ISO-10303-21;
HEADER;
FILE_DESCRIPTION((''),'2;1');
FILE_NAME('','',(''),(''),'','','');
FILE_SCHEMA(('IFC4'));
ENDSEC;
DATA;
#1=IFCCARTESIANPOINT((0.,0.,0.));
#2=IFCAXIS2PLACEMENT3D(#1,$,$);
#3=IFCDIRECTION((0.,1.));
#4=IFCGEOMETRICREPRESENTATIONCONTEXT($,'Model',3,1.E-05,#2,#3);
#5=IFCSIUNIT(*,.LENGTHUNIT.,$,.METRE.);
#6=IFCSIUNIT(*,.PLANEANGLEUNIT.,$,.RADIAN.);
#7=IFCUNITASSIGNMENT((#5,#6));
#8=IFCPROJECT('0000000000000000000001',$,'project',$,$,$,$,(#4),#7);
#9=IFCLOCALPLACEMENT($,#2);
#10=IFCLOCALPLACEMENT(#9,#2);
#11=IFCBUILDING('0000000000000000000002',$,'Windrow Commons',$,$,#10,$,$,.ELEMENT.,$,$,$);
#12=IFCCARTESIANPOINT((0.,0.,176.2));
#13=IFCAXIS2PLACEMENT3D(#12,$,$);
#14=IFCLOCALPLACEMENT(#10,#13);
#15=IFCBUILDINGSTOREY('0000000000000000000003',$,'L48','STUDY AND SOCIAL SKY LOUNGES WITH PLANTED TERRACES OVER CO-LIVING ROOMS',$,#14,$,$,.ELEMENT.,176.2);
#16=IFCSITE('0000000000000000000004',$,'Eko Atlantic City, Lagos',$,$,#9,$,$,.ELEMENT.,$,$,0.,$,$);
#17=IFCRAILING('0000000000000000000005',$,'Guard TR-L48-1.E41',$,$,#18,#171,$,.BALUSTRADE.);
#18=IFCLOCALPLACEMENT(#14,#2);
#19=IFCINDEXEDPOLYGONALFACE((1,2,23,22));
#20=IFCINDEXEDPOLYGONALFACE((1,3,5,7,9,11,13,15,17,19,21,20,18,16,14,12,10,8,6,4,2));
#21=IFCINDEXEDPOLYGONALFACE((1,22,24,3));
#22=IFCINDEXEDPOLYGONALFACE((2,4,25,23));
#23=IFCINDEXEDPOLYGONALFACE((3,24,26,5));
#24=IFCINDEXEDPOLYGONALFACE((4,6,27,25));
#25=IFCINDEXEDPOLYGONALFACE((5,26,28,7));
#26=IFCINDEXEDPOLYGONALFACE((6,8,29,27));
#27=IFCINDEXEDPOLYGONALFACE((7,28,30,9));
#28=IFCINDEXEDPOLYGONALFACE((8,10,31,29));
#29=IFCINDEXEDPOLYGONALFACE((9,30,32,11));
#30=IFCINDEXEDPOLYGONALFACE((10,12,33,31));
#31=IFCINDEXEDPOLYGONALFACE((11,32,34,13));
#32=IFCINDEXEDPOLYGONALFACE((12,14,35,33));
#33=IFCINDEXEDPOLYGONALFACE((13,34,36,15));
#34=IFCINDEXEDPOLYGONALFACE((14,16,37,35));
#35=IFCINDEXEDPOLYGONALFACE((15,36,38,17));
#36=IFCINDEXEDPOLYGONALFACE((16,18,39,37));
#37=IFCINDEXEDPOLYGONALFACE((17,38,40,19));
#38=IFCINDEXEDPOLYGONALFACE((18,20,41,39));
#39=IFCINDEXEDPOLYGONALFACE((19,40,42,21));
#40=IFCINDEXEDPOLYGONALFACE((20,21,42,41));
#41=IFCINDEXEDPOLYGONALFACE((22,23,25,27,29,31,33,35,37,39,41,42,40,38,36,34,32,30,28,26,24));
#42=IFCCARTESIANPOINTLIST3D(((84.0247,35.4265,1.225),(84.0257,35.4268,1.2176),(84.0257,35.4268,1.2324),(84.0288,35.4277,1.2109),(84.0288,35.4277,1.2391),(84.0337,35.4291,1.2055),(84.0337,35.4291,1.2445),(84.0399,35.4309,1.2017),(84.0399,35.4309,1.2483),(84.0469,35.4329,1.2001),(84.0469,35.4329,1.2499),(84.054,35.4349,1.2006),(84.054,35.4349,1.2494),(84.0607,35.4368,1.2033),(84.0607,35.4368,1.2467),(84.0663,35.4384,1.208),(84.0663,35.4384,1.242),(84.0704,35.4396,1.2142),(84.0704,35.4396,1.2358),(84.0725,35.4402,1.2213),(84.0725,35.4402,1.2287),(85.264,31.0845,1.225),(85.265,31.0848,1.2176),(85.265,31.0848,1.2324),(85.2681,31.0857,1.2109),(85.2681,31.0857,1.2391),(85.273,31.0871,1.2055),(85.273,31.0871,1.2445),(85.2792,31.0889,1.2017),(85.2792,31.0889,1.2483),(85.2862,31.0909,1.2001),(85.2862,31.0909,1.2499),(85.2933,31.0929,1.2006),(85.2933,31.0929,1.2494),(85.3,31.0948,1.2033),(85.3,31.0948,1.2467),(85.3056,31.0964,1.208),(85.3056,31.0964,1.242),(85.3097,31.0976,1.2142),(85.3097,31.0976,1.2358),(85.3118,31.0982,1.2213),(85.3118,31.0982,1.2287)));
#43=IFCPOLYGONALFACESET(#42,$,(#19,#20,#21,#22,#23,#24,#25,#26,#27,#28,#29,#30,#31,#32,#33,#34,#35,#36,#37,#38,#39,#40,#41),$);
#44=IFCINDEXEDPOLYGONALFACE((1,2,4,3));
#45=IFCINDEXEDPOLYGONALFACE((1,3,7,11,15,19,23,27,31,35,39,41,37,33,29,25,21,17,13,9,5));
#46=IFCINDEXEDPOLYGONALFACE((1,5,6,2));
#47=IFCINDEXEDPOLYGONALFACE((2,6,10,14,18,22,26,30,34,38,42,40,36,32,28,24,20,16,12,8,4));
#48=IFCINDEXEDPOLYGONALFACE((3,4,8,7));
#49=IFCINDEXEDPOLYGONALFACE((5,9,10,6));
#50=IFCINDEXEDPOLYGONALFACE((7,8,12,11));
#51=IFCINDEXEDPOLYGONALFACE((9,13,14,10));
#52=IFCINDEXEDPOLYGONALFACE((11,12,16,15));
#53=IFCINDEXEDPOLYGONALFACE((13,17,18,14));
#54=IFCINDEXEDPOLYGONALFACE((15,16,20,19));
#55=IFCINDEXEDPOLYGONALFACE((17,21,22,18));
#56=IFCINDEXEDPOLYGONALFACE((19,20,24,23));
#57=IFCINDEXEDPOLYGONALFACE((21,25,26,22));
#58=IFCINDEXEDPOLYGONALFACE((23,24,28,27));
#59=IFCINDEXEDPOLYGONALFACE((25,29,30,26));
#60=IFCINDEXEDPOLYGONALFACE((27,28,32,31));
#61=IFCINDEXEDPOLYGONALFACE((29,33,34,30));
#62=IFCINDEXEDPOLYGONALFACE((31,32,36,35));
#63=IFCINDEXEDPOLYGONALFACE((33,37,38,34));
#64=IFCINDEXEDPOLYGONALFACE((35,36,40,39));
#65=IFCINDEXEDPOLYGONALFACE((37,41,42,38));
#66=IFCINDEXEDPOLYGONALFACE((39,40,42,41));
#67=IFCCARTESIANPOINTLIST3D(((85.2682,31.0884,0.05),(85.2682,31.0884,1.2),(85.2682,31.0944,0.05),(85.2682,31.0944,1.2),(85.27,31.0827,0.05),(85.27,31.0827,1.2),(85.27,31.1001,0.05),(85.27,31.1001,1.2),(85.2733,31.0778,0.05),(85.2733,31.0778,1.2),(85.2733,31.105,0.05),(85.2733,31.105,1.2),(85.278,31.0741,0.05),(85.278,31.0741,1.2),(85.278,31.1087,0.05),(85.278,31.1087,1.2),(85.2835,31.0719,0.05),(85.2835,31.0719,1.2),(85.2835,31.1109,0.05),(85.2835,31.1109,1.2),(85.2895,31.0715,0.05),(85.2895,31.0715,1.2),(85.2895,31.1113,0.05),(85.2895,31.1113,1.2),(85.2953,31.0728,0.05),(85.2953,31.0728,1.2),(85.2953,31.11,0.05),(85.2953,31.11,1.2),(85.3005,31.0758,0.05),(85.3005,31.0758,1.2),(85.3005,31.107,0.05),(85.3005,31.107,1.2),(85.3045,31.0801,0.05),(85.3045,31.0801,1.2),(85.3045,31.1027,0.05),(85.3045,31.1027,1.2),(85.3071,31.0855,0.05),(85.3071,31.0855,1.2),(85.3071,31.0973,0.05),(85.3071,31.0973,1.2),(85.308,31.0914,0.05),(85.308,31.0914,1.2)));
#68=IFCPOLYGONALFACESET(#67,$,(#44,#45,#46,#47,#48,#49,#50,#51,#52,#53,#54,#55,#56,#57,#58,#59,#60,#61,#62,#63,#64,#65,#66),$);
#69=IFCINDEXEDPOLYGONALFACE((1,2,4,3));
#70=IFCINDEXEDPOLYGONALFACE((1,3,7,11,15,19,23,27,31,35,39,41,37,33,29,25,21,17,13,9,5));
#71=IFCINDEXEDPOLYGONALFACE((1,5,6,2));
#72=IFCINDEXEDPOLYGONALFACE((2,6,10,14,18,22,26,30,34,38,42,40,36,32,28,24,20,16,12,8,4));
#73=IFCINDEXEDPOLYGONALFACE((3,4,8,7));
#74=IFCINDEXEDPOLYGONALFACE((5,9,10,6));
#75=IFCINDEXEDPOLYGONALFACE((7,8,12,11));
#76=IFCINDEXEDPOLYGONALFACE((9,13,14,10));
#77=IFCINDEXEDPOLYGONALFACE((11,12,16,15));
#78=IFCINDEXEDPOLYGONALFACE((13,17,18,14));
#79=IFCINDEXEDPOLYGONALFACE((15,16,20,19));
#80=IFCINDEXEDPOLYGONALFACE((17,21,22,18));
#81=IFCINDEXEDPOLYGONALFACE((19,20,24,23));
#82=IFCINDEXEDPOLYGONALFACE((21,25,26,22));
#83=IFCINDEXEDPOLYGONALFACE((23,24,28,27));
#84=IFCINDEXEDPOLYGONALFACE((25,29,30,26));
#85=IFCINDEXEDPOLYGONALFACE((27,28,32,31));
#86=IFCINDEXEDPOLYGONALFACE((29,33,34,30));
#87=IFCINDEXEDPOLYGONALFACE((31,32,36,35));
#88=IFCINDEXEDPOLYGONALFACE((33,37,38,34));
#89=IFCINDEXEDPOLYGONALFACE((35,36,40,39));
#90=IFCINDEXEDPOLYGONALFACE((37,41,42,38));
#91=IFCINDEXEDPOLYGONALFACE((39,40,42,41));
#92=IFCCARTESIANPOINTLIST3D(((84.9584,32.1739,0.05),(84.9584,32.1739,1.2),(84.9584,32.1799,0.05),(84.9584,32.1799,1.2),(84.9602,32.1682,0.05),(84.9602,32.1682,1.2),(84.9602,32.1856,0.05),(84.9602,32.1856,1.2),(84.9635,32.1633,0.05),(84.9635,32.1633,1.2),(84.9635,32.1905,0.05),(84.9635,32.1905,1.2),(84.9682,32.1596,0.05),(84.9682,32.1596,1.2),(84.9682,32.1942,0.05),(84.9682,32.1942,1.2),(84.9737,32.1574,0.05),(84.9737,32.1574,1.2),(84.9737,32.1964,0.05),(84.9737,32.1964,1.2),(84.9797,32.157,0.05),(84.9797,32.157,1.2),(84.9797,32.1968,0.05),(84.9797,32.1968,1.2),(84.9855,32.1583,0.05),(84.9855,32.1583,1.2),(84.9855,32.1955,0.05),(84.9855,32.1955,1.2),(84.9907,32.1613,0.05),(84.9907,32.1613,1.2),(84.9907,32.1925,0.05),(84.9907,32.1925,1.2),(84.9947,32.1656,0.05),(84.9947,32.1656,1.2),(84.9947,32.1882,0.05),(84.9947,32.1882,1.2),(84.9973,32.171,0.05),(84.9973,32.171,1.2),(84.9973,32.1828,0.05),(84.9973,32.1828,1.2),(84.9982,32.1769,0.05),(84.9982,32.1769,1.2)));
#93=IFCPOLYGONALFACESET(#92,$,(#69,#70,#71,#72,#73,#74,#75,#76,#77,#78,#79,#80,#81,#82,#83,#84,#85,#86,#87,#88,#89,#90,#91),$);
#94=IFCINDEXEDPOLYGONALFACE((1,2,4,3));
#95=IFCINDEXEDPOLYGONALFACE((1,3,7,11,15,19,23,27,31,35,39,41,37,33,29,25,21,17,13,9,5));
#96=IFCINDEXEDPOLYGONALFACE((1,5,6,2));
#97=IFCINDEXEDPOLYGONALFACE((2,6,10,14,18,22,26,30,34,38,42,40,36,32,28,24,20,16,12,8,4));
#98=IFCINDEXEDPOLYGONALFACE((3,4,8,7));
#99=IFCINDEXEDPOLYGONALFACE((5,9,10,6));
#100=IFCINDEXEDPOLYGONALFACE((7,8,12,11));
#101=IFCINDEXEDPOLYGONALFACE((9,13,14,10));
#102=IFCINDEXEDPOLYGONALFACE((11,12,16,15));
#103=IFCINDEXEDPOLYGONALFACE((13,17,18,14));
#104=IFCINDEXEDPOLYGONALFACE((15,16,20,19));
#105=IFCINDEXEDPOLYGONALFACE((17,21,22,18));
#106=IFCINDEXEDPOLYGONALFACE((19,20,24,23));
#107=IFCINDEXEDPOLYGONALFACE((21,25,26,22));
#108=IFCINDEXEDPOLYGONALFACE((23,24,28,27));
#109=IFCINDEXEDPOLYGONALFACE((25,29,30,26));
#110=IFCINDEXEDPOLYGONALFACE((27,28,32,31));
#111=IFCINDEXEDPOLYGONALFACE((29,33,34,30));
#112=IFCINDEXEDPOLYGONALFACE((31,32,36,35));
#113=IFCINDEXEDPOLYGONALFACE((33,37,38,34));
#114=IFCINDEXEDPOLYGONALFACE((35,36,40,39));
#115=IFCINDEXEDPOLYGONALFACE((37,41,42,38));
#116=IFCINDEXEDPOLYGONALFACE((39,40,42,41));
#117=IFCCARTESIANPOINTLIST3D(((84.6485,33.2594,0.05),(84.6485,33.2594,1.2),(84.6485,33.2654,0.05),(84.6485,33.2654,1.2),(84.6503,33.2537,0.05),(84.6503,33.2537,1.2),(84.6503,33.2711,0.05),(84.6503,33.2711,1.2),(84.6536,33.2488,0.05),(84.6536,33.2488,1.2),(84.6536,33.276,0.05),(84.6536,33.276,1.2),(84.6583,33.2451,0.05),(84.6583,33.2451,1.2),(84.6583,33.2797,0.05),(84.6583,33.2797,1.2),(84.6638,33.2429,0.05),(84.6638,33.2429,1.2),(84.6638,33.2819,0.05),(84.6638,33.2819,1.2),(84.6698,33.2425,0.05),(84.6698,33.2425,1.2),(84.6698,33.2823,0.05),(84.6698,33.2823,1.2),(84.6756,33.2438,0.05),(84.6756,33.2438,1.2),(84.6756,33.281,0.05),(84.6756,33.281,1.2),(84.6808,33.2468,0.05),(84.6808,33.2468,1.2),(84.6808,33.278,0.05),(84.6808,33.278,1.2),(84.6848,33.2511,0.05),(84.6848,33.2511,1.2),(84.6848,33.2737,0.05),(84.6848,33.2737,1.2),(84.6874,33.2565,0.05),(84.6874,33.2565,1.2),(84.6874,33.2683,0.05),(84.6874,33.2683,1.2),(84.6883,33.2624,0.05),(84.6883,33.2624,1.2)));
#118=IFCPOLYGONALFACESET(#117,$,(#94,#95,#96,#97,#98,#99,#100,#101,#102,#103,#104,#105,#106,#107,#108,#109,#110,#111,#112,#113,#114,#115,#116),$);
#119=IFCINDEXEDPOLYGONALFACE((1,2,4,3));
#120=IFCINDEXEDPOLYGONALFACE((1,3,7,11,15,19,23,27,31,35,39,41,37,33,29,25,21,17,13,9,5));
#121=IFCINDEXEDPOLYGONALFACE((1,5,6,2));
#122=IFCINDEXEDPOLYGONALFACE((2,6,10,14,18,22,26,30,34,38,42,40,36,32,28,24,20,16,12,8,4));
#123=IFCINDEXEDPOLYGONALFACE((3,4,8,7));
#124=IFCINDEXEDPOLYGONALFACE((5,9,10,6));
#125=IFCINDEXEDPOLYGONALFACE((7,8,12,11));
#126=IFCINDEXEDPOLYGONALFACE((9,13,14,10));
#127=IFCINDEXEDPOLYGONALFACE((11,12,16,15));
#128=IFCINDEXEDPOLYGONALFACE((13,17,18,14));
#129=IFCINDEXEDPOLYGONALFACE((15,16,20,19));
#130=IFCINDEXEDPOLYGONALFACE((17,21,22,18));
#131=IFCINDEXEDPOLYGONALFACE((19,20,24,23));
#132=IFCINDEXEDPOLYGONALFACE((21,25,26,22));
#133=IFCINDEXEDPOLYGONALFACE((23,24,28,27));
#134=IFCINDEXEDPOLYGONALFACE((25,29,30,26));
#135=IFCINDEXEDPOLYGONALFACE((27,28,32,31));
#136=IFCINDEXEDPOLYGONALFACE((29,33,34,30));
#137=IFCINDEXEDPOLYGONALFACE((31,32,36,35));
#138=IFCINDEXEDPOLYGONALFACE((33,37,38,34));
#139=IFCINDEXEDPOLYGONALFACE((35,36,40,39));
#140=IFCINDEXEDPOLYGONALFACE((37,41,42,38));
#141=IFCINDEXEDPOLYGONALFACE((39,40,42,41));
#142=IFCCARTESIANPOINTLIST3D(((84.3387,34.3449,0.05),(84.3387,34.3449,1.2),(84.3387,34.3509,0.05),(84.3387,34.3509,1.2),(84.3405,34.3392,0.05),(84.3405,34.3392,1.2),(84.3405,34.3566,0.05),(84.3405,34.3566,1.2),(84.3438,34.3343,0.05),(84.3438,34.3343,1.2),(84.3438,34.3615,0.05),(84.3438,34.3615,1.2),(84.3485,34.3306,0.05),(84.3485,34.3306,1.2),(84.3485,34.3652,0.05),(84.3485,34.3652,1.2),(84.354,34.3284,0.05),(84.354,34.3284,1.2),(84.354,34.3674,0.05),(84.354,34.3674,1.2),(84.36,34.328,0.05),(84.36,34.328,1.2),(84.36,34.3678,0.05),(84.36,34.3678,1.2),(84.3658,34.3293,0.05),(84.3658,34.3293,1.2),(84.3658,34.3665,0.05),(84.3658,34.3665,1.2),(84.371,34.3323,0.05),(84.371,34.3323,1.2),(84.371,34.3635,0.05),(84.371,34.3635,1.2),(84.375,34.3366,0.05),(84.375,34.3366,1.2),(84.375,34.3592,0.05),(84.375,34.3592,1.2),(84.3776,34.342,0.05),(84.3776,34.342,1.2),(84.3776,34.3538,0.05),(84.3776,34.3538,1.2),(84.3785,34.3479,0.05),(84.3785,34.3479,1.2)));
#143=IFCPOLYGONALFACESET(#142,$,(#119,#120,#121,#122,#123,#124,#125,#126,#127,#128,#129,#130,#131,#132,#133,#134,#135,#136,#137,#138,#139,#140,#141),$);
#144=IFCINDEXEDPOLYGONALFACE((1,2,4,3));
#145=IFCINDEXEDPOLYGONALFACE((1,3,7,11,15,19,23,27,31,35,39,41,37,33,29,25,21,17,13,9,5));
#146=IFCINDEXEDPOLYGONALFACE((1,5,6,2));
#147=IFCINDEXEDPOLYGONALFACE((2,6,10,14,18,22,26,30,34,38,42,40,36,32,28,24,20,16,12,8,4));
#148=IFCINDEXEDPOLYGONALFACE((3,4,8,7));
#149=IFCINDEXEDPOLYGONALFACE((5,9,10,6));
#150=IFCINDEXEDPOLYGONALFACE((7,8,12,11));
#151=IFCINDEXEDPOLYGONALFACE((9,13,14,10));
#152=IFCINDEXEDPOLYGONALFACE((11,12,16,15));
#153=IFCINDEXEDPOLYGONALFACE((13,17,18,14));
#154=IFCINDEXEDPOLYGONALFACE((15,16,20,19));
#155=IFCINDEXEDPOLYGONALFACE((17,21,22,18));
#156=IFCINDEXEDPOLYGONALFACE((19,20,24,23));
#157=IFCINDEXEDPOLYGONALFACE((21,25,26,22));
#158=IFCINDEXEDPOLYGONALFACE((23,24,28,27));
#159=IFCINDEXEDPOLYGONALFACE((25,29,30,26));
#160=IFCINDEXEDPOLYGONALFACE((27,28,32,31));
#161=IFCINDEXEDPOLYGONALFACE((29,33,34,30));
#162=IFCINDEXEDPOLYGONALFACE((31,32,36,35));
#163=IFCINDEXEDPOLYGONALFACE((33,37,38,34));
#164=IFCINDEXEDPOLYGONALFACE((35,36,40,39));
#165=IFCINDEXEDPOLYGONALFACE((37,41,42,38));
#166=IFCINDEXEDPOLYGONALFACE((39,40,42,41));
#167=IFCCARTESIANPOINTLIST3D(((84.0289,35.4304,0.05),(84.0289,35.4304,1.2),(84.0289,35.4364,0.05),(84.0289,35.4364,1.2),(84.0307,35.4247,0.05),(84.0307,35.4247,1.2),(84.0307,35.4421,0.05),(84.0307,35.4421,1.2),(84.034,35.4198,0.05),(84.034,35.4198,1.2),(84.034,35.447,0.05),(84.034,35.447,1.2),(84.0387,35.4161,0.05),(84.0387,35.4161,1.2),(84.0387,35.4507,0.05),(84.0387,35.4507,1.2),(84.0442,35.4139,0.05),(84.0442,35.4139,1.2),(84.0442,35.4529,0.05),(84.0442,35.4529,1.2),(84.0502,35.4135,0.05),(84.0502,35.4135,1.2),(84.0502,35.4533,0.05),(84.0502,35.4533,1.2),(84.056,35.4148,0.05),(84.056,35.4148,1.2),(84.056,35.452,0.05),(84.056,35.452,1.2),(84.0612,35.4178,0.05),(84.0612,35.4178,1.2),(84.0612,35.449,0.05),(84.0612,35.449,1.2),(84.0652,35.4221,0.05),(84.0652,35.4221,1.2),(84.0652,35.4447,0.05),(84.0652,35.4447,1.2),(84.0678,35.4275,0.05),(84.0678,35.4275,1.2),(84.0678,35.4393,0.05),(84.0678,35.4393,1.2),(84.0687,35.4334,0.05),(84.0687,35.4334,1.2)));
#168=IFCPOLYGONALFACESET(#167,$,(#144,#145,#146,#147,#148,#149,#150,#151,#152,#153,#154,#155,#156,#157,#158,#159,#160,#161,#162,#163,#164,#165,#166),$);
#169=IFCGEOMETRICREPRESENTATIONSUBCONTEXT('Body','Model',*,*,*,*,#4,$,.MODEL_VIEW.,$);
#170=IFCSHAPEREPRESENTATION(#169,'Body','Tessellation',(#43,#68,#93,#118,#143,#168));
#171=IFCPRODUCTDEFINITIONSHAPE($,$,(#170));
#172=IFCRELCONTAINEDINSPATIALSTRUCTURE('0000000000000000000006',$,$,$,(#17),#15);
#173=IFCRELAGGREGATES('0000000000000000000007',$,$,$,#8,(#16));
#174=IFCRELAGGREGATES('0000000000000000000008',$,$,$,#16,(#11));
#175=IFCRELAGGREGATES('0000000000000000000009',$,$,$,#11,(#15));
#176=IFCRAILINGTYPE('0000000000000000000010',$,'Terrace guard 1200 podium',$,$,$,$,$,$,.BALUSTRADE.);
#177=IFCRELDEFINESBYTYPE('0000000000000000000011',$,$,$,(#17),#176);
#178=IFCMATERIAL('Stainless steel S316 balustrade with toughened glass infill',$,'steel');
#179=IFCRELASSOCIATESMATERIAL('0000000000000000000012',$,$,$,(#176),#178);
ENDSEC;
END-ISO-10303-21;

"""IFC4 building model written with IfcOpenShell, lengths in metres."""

from ifc_helpers import new_model, si_unit, direction, frame, origin, origin_2d, place, context, subcontext, project, spatial, circle, extrude, material, type_object, element, save


model = new_model("IFC4")

# Units and contexts
model_context = context("Model", 3, precision=1e-05, world=origin(), true_north=direction((0.0, 1.0)))
body_context = subcontext(model_context, "Body", "Model", "MODEL_VIEW")
ifc_project = project(units=[si_unit("LENGTHUNIT", "METRE"), si_unit("PLANEANGLEUNIT", "RADIAN")], contexts=[model_context])

# Site, building, storey
site_placement = place(None, origin())
site = spatial("IfcSite", under=ifc_project, at=site_placement, Name="Eko Atlantic City, Lagos", CompositionType="ELEMENT", RefElevation=0.0)
building_placement = place(site_placement, origin())
building = spatial("IfcBuilding", under=site, at=building_placement, Name="Windrow Commons", CompositionType="ELEMENT")
storey_placement = place(building_placement, frame((0.0, 0.0, 176.2)))
storey = spatial("IfcBuildingStorey", under=building, at=storey_placement, Name="L48", Description="STUDY AND SOCIAL SKY LOUNGES WITH PLANTED TERRACES OVER CO-LIVING ROOMS", CompositionType="ELEMENT", Elevation=176.2)

# Railing
ifc_material_1 = material(Name="Stainless steel S316 balustrade with toughened glass infill", Category="steel")
railing_type = type_object("IfcRailingType", Name="Terrace guard 1200 podium", PredefinedType="BALUSTRADE", material=ifc_material_1)
railing_1_placement = place(storey_placement, frame((85.288, 31.0914, 0.05)))
element("IfcRailing", 1, at=railing_1_placement, inside=storey, type_object=railing_type, Name="Guard TR-L48-1.E41", PredefinedType="BALUSTRADE", context=body_context, shape_type="SweptSolid", body=[
    extrude(circle(Radius=0.025, at=origin_2d()), frame((0.0, 0.0, 1.175), z_axis=(-0.274461, 0.961598, 0.0), x_axis=(-0.961598, -0.274461, 0.0)), (0.0, 0.0, 1.0), 4.5154),
    extrude(circle(Radius=0.02, at=origin_2d()), origin(), (0.0, 0.0, 1.0), 1.15),
    extrude(circle(Radius=0.02, at=origin_2d()), frame((-0.3098, 1.0855, 0.0)), (0.0, 0.0, 1.0), 1.15),
    extrude(circle(Radius=0.02, at=origin_2d()), frame((-0.6197, 2.171, 0.0)), (0.0, 0.0, 1.0), 1.15),
    extrude(circle(Radius=0.02, at=origin_2d()), frame((-0.9295, 3.2565, 0.0)), (0.0, 0.0, 1.0), 1.15),
    extrude(circle(Radius=0.02, at=origin_2d()), frame((-1.2393, 4.342, 0.0)), (0.0, 0.0, 1.0), 1.15),
])

save(model, "model.ifc")
